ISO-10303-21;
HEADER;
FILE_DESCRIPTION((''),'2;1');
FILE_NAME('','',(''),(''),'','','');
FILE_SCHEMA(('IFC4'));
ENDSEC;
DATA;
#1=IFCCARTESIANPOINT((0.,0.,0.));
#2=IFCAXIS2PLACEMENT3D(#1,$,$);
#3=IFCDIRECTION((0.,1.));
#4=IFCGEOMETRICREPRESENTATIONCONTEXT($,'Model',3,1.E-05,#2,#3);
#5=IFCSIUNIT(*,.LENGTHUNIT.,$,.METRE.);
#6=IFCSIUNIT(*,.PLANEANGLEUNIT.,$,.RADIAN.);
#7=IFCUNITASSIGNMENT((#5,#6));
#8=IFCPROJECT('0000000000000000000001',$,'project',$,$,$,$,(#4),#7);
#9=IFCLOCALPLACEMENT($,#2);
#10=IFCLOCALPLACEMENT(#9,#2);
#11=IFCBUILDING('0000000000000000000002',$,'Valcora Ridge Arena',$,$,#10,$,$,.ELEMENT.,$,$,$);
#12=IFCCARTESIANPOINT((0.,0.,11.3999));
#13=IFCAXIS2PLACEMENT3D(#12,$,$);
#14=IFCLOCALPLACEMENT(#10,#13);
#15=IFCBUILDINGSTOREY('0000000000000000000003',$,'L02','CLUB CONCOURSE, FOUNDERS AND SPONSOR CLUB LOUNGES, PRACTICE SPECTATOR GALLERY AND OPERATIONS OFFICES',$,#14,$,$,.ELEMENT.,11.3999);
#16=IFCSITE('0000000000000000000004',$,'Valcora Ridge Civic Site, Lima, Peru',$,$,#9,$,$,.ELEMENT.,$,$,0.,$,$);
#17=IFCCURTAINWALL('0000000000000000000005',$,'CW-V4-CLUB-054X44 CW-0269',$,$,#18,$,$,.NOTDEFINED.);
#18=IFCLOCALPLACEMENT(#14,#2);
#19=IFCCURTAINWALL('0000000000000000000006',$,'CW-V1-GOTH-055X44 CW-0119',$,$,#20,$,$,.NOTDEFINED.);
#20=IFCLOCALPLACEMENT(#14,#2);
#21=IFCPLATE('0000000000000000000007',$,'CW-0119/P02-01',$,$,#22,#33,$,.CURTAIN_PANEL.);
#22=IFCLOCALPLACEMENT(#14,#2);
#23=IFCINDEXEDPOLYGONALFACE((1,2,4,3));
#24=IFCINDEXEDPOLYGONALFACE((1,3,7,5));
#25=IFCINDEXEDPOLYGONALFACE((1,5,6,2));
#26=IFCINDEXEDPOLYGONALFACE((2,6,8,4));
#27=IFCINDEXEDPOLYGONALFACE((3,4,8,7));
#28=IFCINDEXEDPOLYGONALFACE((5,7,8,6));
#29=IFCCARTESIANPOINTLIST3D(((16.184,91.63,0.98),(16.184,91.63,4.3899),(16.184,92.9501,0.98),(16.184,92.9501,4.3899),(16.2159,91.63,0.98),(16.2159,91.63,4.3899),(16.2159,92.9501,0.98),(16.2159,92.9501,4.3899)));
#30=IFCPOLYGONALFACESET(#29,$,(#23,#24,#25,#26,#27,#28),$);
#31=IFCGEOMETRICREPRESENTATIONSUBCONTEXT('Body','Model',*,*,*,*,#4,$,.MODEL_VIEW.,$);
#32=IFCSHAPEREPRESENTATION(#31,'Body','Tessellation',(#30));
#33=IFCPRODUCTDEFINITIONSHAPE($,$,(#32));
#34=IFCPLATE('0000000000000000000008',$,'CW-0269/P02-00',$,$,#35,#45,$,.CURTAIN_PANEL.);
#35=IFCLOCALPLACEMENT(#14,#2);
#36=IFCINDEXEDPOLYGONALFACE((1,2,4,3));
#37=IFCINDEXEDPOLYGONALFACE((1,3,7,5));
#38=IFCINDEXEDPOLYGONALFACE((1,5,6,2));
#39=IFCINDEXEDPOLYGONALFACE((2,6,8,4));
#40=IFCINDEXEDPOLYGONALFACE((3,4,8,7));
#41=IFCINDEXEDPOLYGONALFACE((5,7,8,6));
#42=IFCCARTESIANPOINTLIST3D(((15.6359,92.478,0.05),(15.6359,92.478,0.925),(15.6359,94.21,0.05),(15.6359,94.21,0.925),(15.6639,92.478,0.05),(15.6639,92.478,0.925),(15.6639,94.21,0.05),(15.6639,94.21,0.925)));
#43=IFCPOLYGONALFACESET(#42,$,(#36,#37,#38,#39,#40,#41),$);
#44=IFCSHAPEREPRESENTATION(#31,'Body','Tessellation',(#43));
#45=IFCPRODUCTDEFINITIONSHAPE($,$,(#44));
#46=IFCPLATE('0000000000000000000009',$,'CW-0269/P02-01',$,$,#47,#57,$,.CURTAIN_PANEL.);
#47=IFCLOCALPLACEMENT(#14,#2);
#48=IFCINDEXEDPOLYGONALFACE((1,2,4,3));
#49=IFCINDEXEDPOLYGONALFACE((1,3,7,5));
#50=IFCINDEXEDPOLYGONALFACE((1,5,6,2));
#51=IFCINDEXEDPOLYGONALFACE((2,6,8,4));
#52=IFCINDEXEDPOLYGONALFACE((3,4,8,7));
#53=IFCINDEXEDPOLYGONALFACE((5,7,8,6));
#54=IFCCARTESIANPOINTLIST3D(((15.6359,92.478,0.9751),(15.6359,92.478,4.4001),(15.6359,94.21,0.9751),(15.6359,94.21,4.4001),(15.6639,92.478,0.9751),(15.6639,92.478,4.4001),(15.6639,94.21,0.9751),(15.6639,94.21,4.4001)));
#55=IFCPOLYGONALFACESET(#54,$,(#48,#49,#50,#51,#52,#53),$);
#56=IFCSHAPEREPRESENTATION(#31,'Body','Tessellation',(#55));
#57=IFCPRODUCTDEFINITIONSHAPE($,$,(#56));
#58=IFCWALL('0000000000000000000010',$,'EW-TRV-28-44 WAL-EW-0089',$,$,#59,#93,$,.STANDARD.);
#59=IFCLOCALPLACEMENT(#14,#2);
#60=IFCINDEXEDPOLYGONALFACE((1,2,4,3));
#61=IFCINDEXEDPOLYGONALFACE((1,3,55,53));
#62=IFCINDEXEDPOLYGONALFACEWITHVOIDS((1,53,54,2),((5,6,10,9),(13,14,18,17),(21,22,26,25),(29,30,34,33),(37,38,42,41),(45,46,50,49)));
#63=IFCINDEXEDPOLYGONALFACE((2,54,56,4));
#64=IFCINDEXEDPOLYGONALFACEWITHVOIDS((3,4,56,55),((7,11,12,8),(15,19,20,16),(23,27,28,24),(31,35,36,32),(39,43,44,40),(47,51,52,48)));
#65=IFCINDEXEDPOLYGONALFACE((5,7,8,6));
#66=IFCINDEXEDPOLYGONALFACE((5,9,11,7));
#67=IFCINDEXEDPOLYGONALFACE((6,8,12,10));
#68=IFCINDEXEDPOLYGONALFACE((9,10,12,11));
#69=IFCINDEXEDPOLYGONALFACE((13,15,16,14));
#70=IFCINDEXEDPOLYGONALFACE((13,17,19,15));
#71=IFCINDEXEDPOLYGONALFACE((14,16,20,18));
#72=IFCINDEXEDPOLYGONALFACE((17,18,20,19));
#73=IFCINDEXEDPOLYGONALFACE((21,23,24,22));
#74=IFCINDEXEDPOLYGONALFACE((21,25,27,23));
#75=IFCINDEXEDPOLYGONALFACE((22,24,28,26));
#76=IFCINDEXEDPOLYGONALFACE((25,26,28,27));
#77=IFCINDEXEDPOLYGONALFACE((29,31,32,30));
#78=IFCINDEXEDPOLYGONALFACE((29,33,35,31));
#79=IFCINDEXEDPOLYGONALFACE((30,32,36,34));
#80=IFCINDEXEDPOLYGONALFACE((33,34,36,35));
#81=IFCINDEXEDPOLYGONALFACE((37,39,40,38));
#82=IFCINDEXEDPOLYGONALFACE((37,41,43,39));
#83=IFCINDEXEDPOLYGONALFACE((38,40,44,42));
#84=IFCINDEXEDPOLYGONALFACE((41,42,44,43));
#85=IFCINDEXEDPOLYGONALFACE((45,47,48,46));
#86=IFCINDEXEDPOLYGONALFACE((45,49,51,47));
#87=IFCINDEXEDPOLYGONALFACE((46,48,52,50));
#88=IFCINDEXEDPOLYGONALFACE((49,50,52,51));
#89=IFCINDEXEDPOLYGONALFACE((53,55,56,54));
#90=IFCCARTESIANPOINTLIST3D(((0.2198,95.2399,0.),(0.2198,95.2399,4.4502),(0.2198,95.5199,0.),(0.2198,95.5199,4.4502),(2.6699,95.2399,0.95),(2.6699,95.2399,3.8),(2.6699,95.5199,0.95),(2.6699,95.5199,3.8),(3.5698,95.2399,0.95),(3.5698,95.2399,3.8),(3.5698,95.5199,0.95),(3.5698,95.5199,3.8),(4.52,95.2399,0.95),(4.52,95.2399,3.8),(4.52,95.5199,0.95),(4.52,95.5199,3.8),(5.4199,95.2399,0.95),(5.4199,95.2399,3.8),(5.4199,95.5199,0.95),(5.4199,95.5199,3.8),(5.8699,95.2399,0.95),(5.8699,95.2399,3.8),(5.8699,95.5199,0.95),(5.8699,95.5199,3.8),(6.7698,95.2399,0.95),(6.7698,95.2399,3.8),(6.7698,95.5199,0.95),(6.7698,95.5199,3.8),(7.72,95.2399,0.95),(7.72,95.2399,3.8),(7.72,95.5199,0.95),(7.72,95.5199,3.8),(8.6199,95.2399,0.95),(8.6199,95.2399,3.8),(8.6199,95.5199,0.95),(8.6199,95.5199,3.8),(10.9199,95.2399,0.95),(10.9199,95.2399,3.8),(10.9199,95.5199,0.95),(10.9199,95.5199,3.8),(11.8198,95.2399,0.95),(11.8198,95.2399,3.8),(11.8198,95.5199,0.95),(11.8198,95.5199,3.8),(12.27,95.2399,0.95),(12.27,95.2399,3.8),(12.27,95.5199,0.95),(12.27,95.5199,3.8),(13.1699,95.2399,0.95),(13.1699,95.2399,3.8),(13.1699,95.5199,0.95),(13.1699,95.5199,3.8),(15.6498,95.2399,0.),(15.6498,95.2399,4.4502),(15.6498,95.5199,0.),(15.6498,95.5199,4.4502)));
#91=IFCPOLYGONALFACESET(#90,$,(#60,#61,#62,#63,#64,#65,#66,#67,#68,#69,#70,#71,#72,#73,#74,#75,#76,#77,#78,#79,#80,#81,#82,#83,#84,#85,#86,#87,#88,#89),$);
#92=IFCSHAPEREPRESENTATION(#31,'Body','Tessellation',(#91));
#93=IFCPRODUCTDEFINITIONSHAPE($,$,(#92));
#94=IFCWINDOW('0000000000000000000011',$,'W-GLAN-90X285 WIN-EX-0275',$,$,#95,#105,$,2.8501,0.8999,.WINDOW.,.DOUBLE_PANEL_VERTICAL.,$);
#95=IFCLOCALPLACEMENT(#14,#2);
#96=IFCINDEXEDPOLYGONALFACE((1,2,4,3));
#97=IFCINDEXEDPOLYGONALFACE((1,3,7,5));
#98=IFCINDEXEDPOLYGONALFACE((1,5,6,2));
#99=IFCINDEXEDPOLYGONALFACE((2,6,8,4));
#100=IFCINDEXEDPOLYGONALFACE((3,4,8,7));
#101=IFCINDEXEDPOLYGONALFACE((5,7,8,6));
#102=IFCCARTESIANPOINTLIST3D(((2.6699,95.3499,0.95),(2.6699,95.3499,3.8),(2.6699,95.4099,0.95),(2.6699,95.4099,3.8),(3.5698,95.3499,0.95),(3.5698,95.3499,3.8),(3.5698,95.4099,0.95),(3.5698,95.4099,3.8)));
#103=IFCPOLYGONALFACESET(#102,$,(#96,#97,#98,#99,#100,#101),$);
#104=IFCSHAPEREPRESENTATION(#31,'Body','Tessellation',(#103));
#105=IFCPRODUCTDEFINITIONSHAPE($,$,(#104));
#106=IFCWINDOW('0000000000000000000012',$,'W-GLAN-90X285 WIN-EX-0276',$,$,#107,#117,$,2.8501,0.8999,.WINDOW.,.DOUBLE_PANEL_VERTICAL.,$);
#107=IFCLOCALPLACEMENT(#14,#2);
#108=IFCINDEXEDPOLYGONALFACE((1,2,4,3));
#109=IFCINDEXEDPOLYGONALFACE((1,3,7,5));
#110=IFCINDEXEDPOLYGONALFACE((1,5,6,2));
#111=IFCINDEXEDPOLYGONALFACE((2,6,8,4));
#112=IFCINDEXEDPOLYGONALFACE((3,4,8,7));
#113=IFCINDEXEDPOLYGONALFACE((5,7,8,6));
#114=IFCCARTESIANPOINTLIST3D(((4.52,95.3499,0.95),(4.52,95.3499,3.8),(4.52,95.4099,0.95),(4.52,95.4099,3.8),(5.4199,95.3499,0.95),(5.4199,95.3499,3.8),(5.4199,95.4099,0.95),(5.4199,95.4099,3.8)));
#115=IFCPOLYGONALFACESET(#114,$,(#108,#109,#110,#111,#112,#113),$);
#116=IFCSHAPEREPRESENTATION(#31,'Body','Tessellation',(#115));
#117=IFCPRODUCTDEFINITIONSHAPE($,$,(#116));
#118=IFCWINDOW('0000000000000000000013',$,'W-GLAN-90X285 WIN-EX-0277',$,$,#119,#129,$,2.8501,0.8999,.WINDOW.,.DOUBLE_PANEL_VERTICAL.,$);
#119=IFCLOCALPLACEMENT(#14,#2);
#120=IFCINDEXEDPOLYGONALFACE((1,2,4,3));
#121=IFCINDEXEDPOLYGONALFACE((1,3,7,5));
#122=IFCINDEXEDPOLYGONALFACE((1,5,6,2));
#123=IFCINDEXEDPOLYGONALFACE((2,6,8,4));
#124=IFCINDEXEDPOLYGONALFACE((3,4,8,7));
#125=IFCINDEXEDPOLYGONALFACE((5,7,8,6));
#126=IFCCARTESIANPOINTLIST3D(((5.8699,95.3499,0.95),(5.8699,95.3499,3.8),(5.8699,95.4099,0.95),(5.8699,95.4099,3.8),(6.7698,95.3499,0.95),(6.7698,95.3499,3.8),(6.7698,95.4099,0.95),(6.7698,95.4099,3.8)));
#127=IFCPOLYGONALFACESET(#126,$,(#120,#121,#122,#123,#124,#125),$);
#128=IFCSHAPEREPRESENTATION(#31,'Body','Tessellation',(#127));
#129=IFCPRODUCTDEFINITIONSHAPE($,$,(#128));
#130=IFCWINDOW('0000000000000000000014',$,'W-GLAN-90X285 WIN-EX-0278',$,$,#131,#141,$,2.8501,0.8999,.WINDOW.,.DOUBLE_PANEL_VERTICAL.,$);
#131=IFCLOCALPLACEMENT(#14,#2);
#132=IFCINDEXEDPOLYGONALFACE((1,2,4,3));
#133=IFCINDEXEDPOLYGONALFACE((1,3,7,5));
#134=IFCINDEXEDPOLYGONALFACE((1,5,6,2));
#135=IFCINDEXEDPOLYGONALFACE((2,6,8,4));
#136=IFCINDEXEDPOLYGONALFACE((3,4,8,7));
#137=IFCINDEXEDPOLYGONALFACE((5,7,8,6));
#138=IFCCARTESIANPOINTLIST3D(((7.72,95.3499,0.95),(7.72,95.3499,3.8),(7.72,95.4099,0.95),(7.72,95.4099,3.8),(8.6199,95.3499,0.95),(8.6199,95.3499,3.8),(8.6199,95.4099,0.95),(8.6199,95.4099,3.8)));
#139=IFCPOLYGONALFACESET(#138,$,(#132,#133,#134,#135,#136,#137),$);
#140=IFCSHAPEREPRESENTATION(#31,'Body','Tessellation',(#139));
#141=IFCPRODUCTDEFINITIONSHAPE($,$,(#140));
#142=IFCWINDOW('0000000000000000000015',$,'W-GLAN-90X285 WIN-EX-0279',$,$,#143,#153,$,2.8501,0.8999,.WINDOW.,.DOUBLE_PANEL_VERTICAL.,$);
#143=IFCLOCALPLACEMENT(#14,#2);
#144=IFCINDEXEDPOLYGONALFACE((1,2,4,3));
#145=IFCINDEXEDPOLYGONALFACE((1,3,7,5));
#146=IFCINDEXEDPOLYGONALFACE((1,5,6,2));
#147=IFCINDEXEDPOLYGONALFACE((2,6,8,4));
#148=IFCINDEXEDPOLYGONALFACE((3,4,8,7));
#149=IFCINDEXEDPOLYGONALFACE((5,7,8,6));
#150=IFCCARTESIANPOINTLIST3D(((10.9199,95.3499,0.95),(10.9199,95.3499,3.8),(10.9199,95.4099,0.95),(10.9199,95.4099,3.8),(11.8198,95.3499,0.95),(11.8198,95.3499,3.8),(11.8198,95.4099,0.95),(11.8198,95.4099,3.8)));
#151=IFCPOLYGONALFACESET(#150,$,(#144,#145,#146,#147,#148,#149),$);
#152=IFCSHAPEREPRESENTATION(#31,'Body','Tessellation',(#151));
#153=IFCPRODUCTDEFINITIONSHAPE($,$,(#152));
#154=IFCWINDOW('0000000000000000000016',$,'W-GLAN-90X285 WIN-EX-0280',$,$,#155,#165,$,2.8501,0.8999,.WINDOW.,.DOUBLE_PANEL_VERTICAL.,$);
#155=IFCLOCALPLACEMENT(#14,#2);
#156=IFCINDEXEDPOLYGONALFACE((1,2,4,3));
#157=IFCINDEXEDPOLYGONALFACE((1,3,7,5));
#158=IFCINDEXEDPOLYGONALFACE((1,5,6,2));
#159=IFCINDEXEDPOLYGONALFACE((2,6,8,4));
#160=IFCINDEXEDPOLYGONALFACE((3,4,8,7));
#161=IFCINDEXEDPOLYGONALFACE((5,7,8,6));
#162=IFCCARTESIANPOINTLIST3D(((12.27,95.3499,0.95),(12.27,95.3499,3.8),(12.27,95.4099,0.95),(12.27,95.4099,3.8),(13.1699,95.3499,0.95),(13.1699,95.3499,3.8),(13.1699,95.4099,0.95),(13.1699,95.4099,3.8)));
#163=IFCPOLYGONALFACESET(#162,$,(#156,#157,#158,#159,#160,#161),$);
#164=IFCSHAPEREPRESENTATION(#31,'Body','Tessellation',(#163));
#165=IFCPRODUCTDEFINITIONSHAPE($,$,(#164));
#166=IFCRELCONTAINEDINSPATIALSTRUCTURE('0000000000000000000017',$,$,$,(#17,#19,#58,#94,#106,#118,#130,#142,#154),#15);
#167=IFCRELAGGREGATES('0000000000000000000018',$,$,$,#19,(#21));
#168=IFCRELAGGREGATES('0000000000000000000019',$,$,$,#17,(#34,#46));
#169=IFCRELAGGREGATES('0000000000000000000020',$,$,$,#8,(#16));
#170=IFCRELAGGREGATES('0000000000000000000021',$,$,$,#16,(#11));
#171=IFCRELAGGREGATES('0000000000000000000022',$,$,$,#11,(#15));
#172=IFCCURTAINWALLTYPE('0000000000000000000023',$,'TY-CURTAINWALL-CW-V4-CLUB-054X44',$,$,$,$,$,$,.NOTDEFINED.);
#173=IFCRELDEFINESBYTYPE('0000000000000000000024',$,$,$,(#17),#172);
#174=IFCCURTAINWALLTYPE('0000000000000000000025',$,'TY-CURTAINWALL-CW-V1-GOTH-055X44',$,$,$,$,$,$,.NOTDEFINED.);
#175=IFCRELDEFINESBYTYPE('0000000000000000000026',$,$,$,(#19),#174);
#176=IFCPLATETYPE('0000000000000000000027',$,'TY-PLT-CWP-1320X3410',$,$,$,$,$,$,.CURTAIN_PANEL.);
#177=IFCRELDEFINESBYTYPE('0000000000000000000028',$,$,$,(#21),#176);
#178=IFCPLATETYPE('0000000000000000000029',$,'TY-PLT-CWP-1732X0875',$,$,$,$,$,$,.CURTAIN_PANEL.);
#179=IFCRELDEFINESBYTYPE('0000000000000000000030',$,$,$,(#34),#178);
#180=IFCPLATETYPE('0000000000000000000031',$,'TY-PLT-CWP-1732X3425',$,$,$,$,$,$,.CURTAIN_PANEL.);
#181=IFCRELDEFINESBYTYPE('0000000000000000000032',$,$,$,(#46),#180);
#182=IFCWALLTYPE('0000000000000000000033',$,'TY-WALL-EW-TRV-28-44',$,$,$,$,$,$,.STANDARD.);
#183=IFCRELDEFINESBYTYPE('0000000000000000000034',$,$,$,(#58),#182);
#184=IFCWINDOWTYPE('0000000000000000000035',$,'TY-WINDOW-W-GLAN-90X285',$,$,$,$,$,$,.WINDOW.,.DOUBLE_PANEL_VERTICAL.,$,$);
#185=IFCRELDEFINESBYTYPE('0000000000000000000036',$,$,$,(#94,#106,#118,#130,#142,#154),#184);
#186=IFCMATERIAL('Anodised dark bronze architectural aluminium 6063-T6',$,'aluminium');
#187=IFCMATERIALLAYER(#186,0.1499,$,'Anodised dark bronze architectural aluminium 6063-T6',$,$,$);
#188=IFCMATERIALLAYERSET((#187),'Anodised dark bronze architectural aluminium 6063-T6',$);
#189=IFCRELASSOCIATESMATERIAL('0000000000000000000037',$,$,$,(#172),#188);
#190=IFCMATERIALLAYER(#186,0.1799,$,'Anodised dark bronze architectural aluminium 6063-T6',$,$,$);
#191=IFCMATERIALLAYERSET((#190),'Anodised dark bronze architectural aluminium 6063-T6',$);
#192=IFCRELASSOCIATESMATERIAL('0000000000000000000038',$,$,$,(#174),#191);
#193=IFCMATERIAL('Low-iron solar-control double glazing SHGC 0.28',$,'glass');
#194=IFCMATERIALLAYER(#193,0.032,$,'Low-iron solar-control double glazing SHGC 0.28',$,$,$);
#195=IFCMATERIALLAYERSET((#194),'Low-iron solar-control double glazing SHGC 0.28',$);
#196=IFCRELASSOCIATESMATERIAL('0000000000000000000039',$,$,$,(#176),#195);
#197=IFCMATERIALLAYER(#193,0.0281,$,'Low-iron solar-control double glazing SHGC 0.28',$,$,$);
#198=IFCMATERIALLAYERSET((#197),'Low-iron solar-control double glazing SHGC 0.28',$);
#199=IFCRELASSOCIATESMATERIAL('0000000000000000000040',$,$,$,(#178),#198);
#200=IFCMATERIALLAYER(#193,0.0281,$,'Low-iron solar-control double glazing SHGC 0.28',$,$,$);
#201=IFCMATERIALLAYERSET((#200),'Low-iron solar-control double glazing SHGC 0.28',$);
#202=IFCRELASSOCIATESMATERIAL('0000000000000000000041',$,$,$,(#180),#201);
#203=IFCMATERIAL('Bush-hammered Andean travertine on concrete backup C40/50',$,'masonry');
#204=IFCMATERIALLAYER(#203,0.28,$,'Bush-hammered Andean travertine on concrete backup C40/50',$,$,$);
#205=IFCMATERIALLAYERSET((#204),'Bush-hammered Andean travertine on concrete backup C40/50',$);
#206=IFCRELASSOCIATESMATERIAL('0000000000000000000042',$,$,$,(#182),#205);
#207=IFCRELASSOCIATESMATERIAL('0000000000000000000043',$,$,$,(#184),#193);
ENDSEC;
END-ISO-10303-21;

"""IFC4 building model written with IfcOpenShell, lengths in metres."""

from ifc_helpers import new_model, si_unit, direction, frame, frame_2d, origin, origin_2d, place, context, subcontext, project, spatial, rectangle, extrude, material, layer, layer_set, type_object, element, fill, aggregate, save


model = new_model("IFC4")

# Units and contexts
model_context = context("Model", 3, precision=1e-05, world=origin(), true_north=direction((0.0, 1.0)))
body_context = subcontext(model_context, "Body", "Model", "MODEL_VIEW")
ifc_project = project(units=[si_unit("LENGTHUNIT", "METRE"), si_unit("PLANEANGLEUNIT", "RADIAN")], contexts=[model_context])

# Site, building, storey
site_placement = place(None, origin())
site = spatial("IfcSite", under=ifc_project, at=site_placement, Name="Valcora Ridge Civic Site, Lima, Peru", CompositionType="ELEMENT", RefElevation=0.0)
building_placement = place(site_placement, origin())
building = spatial("IfcBuilding", under=site, at=building_placement, Name="Valcora Ridge Arena", CompositionType="ELEMENT")
storey_placement = place(building_placement, frame((0.0, 0.0, 11.3999)))
storey = spatial("IfcBuildingStorey", under=building, at=storey_placement, Name="L02", Description="CLUB CONCOURSE, FOUNDERS AND SPONSOR CLUB LOUNGES, PRACTICE SPECTATOR GALLERY AND OPERATIONS OFFICES", CompositionType="ELEMENT", Elevation=11.3999)

# Curtain wall
ifc_material_1 = material(Name="Anodised dark bronze architectural aluminium 6063-T6", Category="aluminium")
ifc_layer_1 = layer(ifc_material_1, 0.1499, Name="Anodised dark bronze architectural aluminium 6063-T6")
ifc_layer_set_1 = layer_set([ifc_layer_1], Name="Anodised dark bronze architectural aluminium 6063-T6")
curtain_wall_type_1 = type_object("IfcCurtainWallType", Name="TY-CURTAINWALL-CW-V4-CLUB-054X44", PredefinedType="NOTDEFINED", material=ifc_layer_set_1)
curtain_wall_1_placement = place(storey_placement, origin())
curtain_wall_1 = element("IfcCurtainWall", 1, at=curtain_wall_1_placement, inside=storey, type_object=curtain_wall_type_1, Name="CW-V4-CLUB-054X44 CW-0269", PredefinedType="NOTDEFINED")

# Curtain wall
ifc_layer_2 = layer(ifc_material_1, 0.1799, Name="Anodised dark bronze architectural aluminium 6063-T6")
ifc_layer_set_2 = layer_set([ifc_layer_2], Name="Anodised dark bronze architectural aluminium 6063-T6")
curtain_wall_type_2 = type_object("IfcCurtainWallType", Name="TY-CURTAINWALL-CW-V1-GOTH-055X44", PredefinedType="NOTDEFINED", material=ifc_layer_set_2)
curtain_wall_2_placement = place(storey_placement, origin())
curtain_wall_2 = element("IfcCurtainWall", 2, at=curtain_wall_2_placement, inside=storey, type_object=curtain_wall_type_2, Name="CW-V1-GOTH-055X44 CW-0119", PredefinedType="NOTDEFINED")

# Plates
ifc_material_2 = material(Name="Low-iron solar-control double glazing SHGC 0.28", Category="glass")
ifc_layer_3 = layer(ifc_material_2, 0.032, Name="Low-iron solar-control double glazing SHGC 0.28")
ifc_layer_set_3 = layer_set([ifc_layer_3], Name="Low-iron solar-control double glazing SHGC 0.28")
plate_type_1 = type_object("IfcPlateType", Name="TY-PLT-CWP-1320X3410", PredefinedType="CURTAIN_PANEL", material=ifc_layer_set_3)
plate_1_placement = place(storey_placement, frame((16.2, 92.29, 0.98), z_axis=(0.0, 0.0, 1.0), x_axis=(0.0, 1.0, 0.0)))
plate_1 = element("IfcPlate", 3, at=plate_1_placement, type_object=plate_type_1, Name="CW-0119/P02-01", PredefinedType="CURTAIN_PANEL", context=body_context, shape_type="SweptSolid", body=[
    extrude(rectangle(XDim=1.3201, YDim=0.032, at=origin_2d()), origin(), (0.0, 0.0, 1.0), 3.4099),
])
aggregate(curtain_wall_2, [plate_1])
ifc_layer_4 = layer(ifc_material_2, 0.0281, Name="Low-iron solar-control double glazing SHGC 0.28")
ifc_layer_set_4 = layer_set([ifc_layer_4], Name="Low-iron solar-control double glazing SHGC 0.28")
plate_type_2 = type_object("IfcPlateType", Name="TY-PLT-CWP-1732X0875", PredefinedType="CURTAIN_PANEL", material=ifc_layer_set_4)
plate_2_placement = place(storey_placement, frame((15.6499, 93.344, 0.05), z_axis=(0.0, 0.0, 1.0), x_axis=(0.0, 1.0, 0.0)))
plate_2 = element("IfcPlate", 4, at=plate_2_placement, type_object=plate_type_2, Name="CW-0269/P02-00", PredefinedType="CURTAIN_PANEL", context=body_context, shape_type="SweptSolid", body=[
    extrude(rectangle(XDim=1.7319, YDim=0.0281, at=origin_2d()), origin(), (0.0, 0.0, 1.0), 0.875),
])
ifc_layer_5 = layer(ifc_material_2, 0.0281, Name="Low-iron solar-control double glazing SHGC 0.28")
ifc_layer_set_5 = layer_set([ifc_layer_5], Name="Low-iron solar-control double glazing SHGC 0.28")
plate_type_3 = type_object("IfcPlateType", Name="TY-PLT-CWP-1732X3425", PredefinedType="CURTAIN_PANEL", material=ifc_layer_set_5)
plate_3_placement = place(storey_placement, frame((15.6499, 93.344, 0.9751), z_axis=(0.0, 0.0, 1.0), x_axis=(0.0, 1.0, 0.0)))
plate_3 = element("IfcPlate", 5, at=plate_3_placement, type_object=plate_type_3, Name="CW-0269/P02-01", PredefinedType="CURTAIN_PANEL", context=body_context, shape_type="SweptSolid", body=[
    extrude(rectangle(XDim=1.7319, YDim=0.0281, at=origin_2d()), origin(), (0.0, 0.0, 1.0), 3.425),
])
aggregate(curtain_wall_1, [plate_2, plate_3])

# Wall, openings, windows
ifc_material_3 = material(Name="Bush-hammered Andean travertine on concrete backup C40/50", Category="masonry")
ifc_layer_6 = layer(ifc_material_3, 0.28, Name="Bush-hammered Andean travertine on concrete backup C40/50")
ifc_layer_set_6 = layer_set([ifc_layer_6], Name="Bush-hammered Andean travertine on concrete backup C40/50")
wall_type_1 = type_object("IfcWallType", Name="TY-WALL-EW-TRV-28-44", PredefinedType="STANDARD", material=ifc_layer_set_6)
wall_1_placement = place(storey_placement, frame((0.22, 95.3799, 0.0), z_axis=(0.0, 0.0, 1.0), x_axis=(1.0, 0.0, 0.0)))
wall_1 = element("IfcWall", 6, at=wall_1_placement, inside=storey, type_object=wall_type_1, Name="EW-TRV-28-44 WAL-EW-0089", PredefinedType="STANDARD", context=body_context, shape_type="SweptSolid", body=[
    extrude(rectangle(XDim=15.4299, YDim=0.28, at=frame_2d((7.7148, 0.0))), origin(), (0.0, 0.0, 1.0), 4.4502),
])
opening_1_placement = place(wall_1_placement, frame((2.45, 0.0, 0.95)))
opening_1 = element("IfcOpeningElement", 7, at=opening_1_placement, cuts=wall_1, PredefinedType="OPENING", context=body_context, shape_type="SweptSolid", body=[
    extrude(rectangle(XDim=0.8999, YDim=2.8501, at=frame_2d((0.45, 1.425))), frame((0.0, 0.1499, 0.0), z_axis=(0.0, -1.0, 0.0), x_axis=(1.0, 0.0, 0.0)), (0.0, 0.0, 1.0), 0.3),
])
opening_2_placement = place(wall_1_placement, frame((4.3, 0.0, 0.95)))
opening_2 = element("IfcOpeningElement", 8, at=opening_2_placement, cuts=wall_1, PredefinedType="OPENING", context=body_context, shape_type="SweptSolid", body=[
    extrude(rectangle(XDim=0.8999, YDim=2.8501, at=frame_2d((0.45, 1.425))), frame((0.0, 0.1499, 0.0), z_axis=(0.0, -1.0, 0.0), x_axis=(1.0, 0.0, 0.0)), (0.0, 0.0, 1.0), 0.3),
])
opening_3_placement = place(wall_1_placement, frame((5.6499, 0.0, 0.95)))
opening_3 = element("IfcOpeningElement", 9, at=opening_3_placement, cuts=wall_1, PredefinedType="OPENING", context=body_context, shape_type="SweptSolid", body=[
    extrude(rectangle(XDim=0.8999, YDim=2.8501, at=frame_2d((0.45, 1.425))), frame((0.0, 0.1499, 0.0), z_axis=(0.0, -1.0, 0.0), x_axis=(1.0, 0.0, 0.0)), (0.0, 0.0, 1.0), 0.3),
])
opening_4_placement = place(wall_1_placement, frame((7.5, 0.0, 0.95)))
opening_4 = element("IfcOpeningElement", 10, at=opening_4_placement, cuts=wall_1, PredefinedType="OPENING", context=body_context, shape_type="SweptSolid", body=[
    extrude(rectangle(XDim=0.8999, YDim=2.8501, at=frame_2d((0.45, 1.425))), frame((0.0, 0.1499, 0.0), z_axis=(0.0, -1.0, 0.0), x_axis=(1.0, 0.0, 0.0)), (0.0, 0.0, 1.0), 0.3),
])
opening_5_placement = place(wall_1_placement, frame((10.7, 0.0, 0.95)))
opening_5 = element("IfcOpeningElement", 11, at=opening_5_placement, cuts=wall_1, PredefinedType="OPENING", context=body_context, shape_type="SweptSolid", body=[
    extrude(rectangle(XDim=0.8999, YDim=2.8501, at=frame_2d((0.45, 1.425))), frame((0.0, 0.1499, 0.0), z_axis=(0.0, -1.0, 0.0), x_axis=(1.0, 0.0, 0.0)), (0.0, 0.0, 1.0), 0.3),
])
opening_6_placement = place(wall_1_placement, frame((12.05, 0.0, 0.95)))
opening_6 = element("IfcOpeningElement", 12, at=opening_6_placement, cuts=wall_1, PredefinedType="OPENING", context=body_context, shape_type="SweptSolid", body=[
    extrude(rectangle(XDim=0.8999, YDim=2.8501, at=frame_2d((0.45, 1.425))), frame((0.0, 0.1499, 0.0), z_axis=(0.0, -1.0, 0.0), x_axis=(1.0, 0.0, 0.0)), (0.0, 0.0, 1.0), 0.3),
])
window_type = type_object("IfcWindowType", Name="TY-WINDOW-W-GLAN-90X285", PartitioningType="DOUBLE_PANEL_VERTICAL", PredefinedType="WINDOW", material=ifc_material_2)
window_1_placement = place(opening_1_placement, origin())
window_1 = element("IfcWindow", 13, at=window_1_placement, inside=storey, type_object=window_type, Name="W-GLAN-90X285 WIN-EX-0275", OverallHeight=2.8501, OverallWidth=0.8999, PartitioningType="DOUBLE_PANEL_VERTICAL", PredefinedType="WINDOW", context=body_context, shape_type="SweptSolid", body=[
    extrude(rectangle(XDim=0.8999, YDim=2.8501, at=frame_2d((0.45, 1.425))), frame((0.0, 0.03, 0.0), z_axis=(0.0, -1.0, 0.0), x_axis=(1.0, 0.0, 0.0)), (0.0, 0.0, 1.0), 0.0601),
])
fill(opening_1, window_1)
window_2_placement = place(opening_2_placement, origin())
window_2 = element("IfcWindow", 14, at=window_2_placement, inside=storey, type_object=window_type, Name="W-GLAN-90X285 WIN-EX-0276", OverallHeight=2.8501, OverallWidth=0.8999, PartitioningType="DOUBLE_PANEL_VERTICAL", PredefinedType="WINDOW", context=body_context, shape_type="SweptSolid", body=[
    extrude(rectangle(XDim=0.8999, YDim=2.8501, at=frame_2d((0.45, 1.425))), frame((0.0, 0.03, 0.0), z_axis=(0.0, -1.0, 0.0), x_axis=(1.0, 0.0, 0.0)), (0.0, 0.0, 1.0), 0.0601),
])
fill(opening_2, window_2)
window_3_placement = place(opening_3_placement, origin())
window_3 = element("IfcWindow", 15, at=window_3_placement, inside=storey, type_object=window_type, Name="W-GLAN-90X285 WIN-EX-0277", OverallHeight=2.8501, OverallWidth=0.8999, PartitioningType="DOUBLE_PANEL_VERTICAL", PredefinedType="WINDOW", context=body_context, shape_type="SweptSolid", body=[
    extrude(rectangle(XDim=0.8999, YDim=2.8501, at=frame_2d((0.45, 1.425))), frame((0.0, 0.03, 0.0), z_axis=(0.0, -1.0, 0.0), x_axis=(1.0, 0.0, 0.0)), (0.0, 0.0, 1.0), 0.0601),
])
fill(opening_3, window_3)
window_4_placement = place(opening_4_placement, origin())
window_4 = element("IfcWindow", 16, at=window_4_placement, inside=storey, type_object=window_type, Name="W-GLAN-90X285 WIN-EX-0278", OverallHeight=2.8501, OverallWidth=0.8999, PartitioningType="DOUBLE_PANEL_VERTICAL", PredefinedType="WINDOW", context=body_context, shape_type="SweptSolid", body=[
    extrude(rectangle(XDim=0.8999, YDim=2.8501, at=frame_2d((0.45, 1.425))), frame((0.0, 0.03, 0.0), z_axis=(0.0, -1.0, 0.0), x_axis=(1.0, 0.0, 0.0)), (0.0, 0.0, 1.0), 0.0601),
])
fill(opening_4, window_4)
window_5_placement = place(opening_5_placement, origin())
window_5 = element("IfcWindow", 17, at=window_5_placement, inside=storey, type_object=window_type, Name="W-GLAN-90X285 WIN-EX-0279", OverallHeight=2.8501, OverallWidth=0.8999, PartitioningType="DOUBLE_PANEL_VERTICAL", PredefinedType="WINDOW", context=body_context, shape_type="SweptSolid", body=[
    extrude(rectangle(XDim=0.8999, YDim=2.8501, at=frame_2d((0.45, 1.425))), frame((0.0, 0.03, 0.0), z_axis=(0.0, -1.0, 0.0), x_axis=(1.0, 0.0, 0.0)), (0.0, 0.0, 1.0), 0.0601),
])
fill(opening_5, window_5)
window_6_placement = place(opening_6_placement, origin())
window_6 = element("IfcWindow", 18, at=window_6_placement, inside=storey, type_object=window_type, Name="W-GLAN-90X285 WIN-EX-0280", OverallHeight=2.8501, OverallWidth=0.8999, PartitioningType="DOUBLE_PANEL_VERTICAL", PredefinedType="WINDOW", context=body_context, shape_type="SweptSolid", body=[
    extrude(rectangle(XDim=0.8999, YDim=2.8501, at=frame_2d((0.45, 1.425))), frame((0.0, 0.03, 0.0), z_axis=(0.0, -1.0, 0.0), x_axis=(1.0, 0.0, 0.0)), (0.0, 0.0, 1.0), 0.0601),
])
fill(opening_6, window_6)

save(model, "model.ifc")
